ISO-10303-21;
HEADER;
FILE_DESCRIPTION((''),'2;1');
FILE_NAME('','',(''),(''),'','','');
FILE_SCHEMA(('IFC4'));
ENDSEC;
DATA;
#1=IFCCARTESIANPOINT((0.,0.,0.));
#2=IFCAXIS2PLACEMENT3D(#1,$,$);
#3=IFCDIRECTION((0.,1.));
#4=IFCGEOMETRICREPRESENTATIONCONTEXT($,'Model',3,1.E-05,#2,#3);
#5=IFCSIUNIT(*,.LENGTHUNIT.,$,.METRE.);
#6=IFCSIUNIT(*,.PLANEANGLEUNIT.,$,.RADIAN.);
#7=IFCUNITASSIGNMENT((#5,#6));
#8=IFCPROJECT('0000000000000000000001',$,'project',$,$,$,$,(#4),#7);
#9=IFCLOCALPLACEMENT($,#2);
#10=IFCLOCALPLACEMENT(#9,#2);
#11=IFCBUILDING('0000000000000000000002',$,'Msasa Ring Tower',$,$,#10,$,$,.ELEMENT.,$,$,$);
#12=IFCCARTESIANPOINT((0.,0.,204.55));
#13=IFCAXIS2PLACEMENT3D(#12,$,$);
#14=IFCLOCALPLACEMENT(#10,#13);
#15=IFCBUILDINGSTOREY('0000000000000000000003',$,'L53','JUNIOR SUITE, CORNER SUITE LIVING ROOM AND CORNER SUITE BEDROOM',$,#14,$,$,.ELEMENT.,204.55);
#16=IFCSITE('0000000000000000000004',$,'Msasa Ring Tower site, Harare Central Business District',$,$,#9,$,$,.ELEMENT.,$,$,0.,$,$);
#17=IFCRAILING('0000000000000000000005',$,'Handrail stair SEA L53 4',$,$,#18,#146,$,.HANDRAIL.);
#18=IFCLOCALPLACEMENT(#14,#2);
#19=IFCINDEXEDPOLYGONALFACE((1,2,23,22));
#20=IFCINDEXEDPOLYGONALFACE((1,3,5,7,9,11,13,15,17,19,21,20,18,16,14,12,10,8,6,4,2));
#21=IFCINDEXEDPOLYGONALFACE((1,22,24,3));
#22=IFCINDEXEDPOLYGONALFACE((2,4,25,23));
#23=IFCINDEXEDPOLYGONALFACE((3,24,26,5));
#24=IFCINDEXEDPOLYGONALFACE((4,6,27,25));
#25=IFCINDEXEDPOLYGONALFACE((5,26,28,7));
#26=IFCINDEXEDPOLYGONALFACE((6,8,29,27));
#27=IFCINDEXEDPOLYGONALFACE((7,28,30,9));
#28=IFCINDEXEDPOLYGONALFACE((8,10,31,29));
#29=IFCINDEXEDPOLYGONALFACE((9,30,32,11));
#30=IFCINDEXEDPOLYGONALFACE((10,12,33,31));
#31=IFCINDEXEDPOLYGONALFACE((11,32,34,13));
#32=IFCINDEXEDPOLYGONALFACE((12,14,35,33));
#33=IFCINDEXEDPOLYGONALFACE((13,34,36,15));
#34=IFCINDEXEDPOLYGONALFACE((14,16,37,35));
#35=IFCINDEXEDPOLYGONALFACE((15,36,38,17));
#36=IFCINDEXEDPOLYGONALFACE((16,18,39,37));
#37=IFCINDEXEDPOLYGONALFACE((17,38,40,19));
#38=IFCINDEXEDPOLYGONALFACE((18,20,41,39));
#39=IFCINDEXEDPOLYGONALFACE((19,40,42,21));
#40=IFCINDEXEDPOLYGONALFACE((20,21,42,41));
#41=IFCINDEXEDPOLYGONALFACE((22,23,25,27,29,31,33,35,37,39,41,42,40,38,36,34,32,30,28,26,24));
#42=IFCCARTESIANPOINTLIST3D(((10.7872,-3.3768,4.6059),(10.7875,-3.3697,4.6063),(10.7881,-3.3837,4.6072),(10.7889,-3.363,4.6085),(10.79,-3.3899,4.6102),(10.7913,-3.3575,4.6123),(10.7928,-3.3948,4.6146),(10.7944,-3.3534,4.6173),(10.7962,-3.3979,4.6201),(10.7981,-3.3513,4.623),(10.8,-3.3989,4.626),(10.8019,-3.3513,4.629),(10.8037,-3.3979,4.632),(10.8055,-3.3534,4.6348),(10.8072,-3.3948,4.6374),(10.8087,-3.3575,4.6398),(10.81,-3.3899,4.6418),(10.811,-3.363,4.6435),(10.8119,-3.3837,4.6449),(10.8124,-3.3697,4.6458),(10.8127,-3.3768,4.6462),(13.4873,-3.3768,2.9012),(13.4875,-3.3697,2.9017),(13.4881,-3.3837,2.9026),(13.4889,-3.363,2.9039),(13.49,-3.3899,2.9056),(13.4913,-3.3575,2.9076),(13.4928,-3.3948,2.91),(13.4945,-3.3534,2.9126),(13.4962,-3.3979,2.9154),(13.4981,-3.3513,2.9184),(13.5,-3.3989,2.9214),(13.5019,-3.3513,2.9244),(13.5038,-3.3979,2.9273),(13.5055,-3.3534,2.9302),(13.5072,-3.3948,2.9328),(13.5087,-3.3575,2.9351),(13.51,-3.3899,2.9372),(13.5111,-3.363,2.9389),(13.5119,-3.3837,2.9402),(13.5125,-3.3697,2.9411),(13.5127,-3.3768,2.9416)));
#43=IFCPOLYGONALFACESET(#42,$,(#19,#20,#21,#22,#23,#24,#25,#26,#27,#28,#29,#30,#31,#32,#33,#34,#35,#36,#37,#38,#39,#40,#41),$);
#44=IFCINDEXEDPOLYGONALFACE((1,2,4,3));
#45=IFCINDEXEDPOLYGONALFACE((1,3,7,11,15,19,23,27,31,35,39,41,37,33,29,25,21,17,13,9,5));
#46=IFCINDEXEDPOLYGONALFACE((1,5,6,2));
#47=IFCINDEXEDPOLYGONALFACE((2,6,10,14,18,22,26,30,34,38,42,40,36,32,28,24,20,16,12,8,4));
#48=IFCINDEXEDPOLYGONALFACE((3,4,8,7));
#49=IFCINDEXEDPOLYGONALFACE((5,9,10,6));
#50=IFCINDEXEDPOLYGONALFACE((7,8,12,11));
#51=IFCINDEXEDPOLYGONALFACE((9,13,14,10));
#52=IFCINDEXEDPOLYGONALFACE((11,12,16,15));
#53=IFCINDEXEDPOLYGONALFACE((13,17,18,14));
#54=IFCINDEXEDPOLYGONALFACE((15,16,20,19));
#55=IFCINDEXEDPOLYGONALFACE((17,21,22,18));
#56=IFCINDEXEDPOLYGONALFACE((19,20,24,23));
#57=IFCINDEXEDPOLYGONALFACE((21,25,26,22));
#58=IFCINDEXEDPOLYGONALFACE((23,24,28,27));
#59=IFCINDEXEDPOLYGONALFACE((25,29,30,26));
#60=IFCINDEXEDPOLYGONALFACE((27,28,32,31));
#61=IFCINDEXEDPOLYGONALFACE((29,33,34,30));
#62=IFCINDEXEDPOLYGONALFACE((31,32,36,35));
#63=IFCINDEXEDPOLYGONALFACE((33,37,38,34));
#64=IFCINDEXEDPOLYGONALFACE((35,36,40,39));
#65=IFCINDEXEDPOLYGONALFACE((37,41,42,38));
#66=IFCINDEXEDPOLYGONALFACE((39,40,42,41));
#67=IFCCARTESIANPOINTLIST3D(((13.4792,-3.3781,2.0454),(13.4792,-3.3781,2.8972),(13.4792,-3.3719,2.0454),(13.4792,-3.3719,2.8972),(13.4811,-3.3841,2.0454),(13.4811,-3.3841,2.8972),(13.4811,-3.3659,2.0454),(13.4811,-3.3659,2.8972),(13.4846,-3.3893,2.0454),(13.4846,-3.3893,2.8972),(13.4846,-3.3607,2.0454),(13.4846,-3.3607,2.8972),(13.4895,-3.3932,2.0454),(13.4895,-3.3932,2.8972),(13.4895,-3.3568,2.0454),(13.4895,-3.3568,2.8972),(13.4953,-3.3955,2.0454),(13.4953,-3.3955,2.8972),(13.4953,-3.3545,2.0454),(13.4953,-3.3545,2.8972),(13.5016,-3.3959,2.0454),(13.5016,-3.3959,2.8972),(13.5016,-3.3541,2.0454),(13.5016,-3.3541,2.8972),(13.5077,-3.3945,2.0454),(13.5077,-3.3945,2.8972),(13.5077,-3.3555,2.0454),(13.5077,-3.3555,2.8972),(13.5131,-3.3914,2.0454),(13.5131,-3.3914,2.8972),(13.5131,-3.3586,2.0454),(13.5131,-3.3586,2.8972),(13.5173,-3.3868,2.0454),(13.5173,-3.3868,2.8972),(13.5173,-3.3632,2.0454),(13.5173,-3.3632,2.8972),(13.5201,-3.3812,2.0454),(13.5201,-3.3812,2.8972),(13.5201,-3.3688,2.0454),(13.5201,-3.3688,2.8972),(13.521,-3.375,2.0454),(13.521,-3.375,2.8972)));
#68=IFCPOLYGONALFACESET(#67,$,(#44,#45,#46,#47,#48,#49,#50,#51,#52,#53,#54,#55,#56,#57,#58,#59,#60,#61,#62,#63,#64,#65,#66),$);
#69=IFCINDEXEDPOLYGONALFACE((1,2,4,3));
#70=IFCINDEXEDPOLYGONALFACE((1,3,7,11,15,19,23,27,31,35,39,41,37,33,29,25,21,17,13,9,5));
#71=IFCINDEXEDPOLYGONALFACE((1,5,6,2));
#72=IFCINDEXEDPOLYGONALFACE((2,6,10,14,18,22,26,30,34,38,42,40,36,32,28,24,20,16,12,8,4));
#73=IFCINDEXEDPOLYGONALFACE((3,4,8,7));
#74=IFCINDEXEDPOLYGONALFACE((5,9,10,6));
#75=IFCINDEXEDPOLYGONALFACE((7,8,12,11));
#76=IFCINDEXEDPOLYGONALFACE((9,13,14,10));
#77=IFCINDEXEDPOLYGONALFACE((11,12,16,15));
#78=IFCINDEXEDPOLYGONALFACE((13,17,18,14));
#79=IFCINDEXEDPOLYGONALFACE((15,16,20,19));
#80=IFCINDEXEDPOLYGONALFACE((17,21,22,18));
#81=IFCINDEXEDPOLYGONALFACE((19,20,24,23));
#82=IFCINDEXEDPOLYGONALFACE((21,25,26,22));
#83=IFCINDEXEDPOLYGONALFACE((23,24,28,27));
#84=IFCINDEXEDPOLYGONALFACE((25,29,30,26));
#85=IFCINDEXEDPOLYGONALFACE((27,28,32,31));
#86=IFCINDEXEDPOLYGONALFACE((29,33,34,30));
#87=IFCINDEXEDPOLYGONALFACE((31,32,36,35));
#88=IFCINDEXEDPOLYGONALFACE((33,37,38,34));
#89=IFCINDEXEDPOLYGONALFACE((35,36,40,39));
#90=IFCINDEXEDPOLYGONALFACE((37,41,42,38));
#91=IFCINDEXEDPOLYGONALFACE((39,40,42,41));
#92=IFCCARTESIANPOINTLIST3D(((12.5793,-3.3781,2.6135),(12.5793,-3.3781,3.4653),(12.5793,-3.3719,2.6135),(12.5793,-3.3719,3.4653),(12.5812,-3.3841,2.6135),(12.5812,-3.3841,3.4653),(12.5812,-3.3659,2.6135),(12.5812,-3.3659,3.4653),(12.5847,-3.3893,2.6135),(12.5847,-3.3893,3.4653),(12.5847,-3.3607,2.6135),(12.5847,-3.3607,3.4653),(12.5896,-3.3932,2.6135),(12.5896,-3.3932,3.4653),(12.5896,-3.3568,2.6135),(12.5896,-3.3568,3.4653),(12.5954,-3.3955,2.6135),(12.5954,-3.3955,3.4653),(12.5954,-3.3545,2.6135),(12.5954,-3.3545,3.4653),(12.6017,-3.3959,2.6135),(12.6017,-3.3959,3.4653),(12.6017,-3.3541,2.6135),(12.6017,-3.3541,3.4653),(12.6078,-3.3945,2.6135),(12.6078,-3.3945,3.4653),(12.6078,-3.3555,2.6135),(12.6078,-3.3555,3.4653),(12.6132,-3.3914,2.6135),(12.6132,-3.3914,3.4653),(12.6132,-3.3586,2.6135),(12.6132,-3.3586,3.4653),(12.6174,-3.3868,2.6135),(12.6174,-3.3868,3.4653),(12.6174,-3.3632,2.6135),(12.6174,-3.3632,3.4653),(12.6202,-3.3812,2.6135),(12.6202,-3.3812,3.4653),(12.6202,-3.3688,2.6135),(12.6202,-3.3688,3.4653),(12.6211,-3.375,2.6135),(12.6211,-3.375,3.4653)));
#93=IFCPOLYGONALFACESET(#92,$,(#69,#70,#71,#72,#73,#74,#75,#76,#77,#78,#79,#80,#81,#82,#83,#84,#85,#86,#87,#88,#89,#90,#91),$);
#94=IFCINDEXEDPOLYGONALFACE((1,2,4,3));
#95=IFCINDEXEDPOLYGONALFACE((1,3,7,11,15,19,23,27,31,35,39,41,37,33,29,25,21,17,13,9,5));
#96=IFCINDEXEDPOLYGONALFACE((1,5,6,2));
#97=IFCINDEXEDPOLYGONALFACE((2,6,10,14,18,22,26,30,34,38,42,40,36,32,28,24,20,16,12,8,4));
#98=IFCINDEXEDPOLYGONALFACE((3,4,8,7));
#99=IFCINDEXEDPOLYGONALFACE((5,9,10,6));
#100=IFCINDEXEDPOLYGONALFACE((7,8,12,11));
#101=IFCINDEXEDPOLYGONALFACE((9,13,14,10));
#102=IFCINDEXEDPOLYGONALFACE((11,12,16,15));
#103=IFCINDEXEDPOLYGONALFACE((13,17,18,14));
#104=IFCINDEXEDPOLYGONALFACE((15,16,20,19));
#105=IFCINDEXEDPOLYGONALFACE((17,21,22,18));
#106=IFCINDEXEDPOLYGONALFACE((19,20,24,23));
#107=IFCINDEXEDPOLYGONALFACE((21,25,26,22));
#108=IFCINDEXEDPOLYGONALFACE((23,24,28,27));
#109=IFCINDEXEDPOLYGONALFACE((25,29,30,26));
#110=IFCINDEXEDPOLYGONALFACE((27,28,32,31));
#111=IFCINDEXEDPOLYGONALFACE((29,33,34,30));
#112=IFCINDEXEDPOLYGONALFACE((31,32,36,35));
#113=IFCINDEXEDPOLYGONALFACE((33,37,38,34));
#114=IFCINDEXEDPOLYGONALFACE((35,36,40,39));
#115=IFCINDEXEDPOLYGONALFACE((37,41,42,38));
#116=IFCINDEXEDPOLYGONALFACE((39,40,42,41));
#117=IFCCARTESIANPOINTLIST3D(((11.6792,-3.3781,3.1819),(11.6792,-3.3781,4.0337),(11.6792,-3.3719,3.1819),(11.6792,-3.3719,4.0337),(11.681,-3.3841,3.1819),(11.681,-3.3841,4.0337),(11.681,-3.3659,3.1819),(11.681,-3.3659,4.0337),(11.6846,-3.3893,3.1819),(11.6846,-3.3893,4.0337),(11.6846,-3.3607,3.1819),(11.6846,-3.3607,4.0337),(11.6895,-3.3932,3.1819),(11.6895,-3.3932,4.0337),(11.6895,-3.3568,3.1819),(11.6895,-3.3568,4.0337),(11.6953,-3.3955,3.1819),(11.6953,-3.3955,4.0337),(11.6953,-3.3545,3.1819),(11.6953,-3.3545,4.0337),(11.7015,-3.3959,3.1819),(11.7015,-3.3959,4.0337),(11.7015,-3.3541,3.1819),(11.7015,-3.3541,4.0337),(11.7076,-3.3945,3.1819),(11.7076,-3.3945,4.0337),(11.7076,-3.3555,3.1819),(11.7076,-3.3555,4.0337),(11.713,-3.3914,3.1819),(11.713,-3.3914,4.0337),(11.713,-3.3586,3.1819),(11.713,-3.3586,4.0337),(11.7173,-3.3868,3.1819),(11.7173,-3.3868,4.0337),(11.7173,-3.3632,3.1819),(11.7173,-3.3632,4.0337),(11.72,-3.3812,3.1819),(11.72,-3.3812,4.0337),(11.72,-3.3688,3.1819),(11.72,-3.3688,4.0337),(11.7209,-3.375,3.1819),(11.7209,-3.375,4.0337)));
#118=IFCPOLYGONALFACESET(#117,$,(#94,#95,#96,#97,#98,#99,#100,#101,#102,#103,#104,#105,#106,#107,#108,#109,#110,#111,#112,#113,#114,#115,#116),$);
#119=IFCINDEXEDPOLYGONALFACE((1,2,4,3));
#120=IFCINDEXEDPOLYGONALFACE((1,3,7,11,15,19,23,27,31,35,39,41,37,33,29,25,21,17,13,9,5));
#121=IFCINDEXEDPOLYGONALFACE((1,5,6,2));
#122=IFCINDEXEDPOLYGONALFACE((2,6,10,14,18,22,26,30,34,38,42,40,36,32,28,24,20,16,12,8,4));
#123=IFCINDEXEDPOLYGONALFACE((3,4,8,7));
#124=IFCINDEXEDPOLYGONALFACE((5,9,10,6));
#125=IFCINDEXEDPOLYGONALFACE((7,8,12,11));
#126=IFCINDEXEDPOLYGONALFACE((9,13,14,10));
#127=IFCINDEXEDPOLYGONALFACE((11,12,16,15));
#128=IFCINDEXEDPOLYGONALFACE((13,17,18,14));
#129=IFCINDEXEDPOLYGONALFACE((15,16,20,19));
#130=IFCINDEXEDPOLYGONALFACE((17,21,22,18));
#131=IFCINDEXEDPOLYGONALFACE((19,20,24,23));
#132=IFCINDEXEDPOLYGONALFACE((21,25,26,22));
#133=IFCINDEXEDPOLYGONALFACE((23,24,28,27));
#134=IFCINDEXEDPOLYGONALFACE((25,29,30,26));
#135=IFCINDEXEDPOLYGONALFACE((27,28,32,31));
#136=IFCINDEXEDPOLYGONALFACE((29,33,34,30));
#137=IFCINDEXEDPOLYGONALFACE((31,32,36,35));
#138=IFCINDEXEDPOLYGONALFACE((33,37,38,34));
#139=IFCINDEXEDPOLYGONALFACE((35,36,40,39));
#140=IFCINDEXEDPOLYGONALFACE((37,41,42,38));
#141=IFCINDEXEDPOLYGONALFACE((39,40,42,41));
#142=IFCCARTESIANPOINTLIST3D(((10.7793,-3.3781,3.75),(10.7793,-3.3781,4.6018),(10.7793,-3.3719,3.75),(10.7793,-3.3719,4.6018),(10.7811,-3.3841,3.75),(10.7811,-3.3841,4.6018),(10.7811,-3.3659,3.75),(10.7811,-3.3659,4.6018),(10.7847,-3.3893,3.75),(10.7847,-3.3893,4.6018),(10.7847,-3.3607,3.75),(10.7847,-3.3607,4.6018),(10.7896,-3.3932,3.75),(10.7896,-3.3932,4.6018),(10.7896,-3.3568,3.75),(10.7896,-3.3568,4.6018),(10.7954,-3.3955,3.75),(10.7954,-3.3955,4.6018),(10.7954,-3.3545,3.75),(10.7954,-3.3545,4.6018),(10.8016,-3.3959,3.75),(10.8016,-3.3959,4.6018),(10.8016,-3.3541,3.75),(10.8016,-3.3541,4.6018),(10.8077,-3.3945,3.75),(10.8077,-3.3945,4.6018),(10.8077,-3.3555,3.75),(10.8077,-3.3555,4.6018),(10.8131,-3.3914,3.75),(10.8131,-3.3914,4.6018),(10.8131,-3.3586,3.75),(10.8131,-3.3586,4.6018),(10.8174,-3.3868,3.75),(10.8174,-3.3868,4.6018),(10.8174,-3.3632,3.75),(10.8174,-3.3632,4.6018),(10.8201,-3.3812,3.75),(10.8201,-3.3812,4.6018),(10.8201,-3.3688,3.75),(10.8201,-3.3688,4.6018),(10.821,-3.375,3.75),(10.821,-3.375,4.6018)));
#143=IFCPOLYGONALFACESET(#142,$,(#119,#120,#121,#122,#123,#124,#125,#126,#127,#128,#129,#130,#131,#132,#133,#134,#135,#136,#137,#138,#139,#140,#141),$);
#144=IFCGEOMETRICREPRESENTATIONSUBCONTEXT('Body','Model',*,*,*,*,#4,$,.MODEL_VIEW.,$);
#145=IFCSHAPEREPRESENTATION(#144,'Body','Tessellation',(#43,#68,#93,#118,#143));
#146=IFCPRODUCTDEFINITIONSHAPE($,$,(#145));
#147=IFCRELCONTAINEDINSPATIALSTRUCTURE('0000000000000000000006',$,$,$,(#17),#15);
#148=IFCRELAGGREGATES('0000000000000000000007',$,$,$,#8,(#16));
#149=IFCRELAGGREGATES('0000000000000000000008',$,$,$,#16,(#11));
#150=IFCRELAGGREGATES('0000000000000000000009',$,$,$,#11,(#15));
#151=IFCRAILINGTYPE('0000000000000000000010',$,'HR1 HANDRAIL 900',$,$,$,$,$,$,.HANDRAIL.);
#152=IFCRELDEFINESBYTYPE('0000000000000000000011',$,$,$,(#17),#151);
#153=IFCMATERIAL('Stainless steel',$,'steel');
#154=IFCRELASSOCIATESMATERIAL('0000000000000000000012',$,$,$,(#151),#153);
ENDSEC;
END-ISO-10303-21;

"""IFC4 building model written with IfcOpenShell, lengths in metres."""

from ifc_helpers import new_model, si_unit, direction, frame, origin, origin_2d, place, context, subcontext, project, spatial, circle, extrude, material, type_object, element, save


model = new_model("IFC4")

# Units and contexts
model_context = context("Model", 3, precision=1e-05, world=origin(), true_north=direction((0.0, 1.0)))
body_context = subcontext(model_context, "Body", "Model", "MODEL_VIEW")
ifc_project = project(units=[si_unit("LENGTHUNIT", "METRE"), si_unit("PLANEANGLEUNIT", "RADIAN")], contexts=[model_context])

# Site, building, storey
site_placement = place(None, origin())
site = spatial("IfcSite", under=ifc_project, at=site_placement, Name="Msasa Ring Tower site, Harare Central Business District", CompositionType="ELEMENT", RefElevation=0.0)
building_placement = place(site_placement, origin())
building = spatial("IfcBuilding", under=site, at=building_placement, Name="Msasa Ring Tower", CompositionType="ELEMENT")
storey_placement = place(building_placement, frame((0.0, 0.0, 204.55)))
storey = spatial("IfcBuildingStorey", under=building, at=storey_placement, Name="L53", Description="JUNIOR SUITE, CORNER SUITE LIVING ROOM AND CORNER SUITE BEDROOM", CompositionType="ELEMENT", Elevation=204.55)

# Railing
ifc_material_1 = material(Name="Stainless steel", Category="steel")
railing_type = type_object("IfcRailingType", Name="HR1 HANDRAIL 900", PredefinedType="HANDRAIL", material=ifc_material_1)
for number, where, name in (
    (1, (13.5, -3.375, 2.0454), "Handrail stair SEA L53 4"),
):
    element("IfcRailing", number, at=place(storey_placement, frame(where)), inside=storey, type_object=railing_type, Name=name, PredefinedType="HANDRAIL", context=body_context, shape_type="SweptSolid", body=[
        extrude(circle(Radius=0.0239, at=origin_2d()), frame((0.0, 0.0, 0.876), z_axis=(-0.84558, 0.0, 0.533849), x_axis=(0.0, -1.0, 0.0)), (0.0, 0.0, 1.0), 3.1931),
        extrude(circle(Radius=0.021, at=origin_2d()), origin(), (0.0, 0.0, 1.0), 0.8518),
        extrude(circle(Radius=0.021, at=origin_2d()), frame((-0.8999, 0.0, 0.5681)), (0.0, 0.0, 1.0), 0.8518),
        extrude(circle(Radius=0.021, at=origin_2d()), frame((-1.8, 0.0, 1.1365)), (0.0, 0.0, 1.0), 0.8518),
        extrude(circle(Radius=0.021, at=origin_2d()), frame((-2.7, 0.0, 1.7046)), (0.0, 0.0, 1.0), 0.8518),
    ])

save(model, "model.ifc")
